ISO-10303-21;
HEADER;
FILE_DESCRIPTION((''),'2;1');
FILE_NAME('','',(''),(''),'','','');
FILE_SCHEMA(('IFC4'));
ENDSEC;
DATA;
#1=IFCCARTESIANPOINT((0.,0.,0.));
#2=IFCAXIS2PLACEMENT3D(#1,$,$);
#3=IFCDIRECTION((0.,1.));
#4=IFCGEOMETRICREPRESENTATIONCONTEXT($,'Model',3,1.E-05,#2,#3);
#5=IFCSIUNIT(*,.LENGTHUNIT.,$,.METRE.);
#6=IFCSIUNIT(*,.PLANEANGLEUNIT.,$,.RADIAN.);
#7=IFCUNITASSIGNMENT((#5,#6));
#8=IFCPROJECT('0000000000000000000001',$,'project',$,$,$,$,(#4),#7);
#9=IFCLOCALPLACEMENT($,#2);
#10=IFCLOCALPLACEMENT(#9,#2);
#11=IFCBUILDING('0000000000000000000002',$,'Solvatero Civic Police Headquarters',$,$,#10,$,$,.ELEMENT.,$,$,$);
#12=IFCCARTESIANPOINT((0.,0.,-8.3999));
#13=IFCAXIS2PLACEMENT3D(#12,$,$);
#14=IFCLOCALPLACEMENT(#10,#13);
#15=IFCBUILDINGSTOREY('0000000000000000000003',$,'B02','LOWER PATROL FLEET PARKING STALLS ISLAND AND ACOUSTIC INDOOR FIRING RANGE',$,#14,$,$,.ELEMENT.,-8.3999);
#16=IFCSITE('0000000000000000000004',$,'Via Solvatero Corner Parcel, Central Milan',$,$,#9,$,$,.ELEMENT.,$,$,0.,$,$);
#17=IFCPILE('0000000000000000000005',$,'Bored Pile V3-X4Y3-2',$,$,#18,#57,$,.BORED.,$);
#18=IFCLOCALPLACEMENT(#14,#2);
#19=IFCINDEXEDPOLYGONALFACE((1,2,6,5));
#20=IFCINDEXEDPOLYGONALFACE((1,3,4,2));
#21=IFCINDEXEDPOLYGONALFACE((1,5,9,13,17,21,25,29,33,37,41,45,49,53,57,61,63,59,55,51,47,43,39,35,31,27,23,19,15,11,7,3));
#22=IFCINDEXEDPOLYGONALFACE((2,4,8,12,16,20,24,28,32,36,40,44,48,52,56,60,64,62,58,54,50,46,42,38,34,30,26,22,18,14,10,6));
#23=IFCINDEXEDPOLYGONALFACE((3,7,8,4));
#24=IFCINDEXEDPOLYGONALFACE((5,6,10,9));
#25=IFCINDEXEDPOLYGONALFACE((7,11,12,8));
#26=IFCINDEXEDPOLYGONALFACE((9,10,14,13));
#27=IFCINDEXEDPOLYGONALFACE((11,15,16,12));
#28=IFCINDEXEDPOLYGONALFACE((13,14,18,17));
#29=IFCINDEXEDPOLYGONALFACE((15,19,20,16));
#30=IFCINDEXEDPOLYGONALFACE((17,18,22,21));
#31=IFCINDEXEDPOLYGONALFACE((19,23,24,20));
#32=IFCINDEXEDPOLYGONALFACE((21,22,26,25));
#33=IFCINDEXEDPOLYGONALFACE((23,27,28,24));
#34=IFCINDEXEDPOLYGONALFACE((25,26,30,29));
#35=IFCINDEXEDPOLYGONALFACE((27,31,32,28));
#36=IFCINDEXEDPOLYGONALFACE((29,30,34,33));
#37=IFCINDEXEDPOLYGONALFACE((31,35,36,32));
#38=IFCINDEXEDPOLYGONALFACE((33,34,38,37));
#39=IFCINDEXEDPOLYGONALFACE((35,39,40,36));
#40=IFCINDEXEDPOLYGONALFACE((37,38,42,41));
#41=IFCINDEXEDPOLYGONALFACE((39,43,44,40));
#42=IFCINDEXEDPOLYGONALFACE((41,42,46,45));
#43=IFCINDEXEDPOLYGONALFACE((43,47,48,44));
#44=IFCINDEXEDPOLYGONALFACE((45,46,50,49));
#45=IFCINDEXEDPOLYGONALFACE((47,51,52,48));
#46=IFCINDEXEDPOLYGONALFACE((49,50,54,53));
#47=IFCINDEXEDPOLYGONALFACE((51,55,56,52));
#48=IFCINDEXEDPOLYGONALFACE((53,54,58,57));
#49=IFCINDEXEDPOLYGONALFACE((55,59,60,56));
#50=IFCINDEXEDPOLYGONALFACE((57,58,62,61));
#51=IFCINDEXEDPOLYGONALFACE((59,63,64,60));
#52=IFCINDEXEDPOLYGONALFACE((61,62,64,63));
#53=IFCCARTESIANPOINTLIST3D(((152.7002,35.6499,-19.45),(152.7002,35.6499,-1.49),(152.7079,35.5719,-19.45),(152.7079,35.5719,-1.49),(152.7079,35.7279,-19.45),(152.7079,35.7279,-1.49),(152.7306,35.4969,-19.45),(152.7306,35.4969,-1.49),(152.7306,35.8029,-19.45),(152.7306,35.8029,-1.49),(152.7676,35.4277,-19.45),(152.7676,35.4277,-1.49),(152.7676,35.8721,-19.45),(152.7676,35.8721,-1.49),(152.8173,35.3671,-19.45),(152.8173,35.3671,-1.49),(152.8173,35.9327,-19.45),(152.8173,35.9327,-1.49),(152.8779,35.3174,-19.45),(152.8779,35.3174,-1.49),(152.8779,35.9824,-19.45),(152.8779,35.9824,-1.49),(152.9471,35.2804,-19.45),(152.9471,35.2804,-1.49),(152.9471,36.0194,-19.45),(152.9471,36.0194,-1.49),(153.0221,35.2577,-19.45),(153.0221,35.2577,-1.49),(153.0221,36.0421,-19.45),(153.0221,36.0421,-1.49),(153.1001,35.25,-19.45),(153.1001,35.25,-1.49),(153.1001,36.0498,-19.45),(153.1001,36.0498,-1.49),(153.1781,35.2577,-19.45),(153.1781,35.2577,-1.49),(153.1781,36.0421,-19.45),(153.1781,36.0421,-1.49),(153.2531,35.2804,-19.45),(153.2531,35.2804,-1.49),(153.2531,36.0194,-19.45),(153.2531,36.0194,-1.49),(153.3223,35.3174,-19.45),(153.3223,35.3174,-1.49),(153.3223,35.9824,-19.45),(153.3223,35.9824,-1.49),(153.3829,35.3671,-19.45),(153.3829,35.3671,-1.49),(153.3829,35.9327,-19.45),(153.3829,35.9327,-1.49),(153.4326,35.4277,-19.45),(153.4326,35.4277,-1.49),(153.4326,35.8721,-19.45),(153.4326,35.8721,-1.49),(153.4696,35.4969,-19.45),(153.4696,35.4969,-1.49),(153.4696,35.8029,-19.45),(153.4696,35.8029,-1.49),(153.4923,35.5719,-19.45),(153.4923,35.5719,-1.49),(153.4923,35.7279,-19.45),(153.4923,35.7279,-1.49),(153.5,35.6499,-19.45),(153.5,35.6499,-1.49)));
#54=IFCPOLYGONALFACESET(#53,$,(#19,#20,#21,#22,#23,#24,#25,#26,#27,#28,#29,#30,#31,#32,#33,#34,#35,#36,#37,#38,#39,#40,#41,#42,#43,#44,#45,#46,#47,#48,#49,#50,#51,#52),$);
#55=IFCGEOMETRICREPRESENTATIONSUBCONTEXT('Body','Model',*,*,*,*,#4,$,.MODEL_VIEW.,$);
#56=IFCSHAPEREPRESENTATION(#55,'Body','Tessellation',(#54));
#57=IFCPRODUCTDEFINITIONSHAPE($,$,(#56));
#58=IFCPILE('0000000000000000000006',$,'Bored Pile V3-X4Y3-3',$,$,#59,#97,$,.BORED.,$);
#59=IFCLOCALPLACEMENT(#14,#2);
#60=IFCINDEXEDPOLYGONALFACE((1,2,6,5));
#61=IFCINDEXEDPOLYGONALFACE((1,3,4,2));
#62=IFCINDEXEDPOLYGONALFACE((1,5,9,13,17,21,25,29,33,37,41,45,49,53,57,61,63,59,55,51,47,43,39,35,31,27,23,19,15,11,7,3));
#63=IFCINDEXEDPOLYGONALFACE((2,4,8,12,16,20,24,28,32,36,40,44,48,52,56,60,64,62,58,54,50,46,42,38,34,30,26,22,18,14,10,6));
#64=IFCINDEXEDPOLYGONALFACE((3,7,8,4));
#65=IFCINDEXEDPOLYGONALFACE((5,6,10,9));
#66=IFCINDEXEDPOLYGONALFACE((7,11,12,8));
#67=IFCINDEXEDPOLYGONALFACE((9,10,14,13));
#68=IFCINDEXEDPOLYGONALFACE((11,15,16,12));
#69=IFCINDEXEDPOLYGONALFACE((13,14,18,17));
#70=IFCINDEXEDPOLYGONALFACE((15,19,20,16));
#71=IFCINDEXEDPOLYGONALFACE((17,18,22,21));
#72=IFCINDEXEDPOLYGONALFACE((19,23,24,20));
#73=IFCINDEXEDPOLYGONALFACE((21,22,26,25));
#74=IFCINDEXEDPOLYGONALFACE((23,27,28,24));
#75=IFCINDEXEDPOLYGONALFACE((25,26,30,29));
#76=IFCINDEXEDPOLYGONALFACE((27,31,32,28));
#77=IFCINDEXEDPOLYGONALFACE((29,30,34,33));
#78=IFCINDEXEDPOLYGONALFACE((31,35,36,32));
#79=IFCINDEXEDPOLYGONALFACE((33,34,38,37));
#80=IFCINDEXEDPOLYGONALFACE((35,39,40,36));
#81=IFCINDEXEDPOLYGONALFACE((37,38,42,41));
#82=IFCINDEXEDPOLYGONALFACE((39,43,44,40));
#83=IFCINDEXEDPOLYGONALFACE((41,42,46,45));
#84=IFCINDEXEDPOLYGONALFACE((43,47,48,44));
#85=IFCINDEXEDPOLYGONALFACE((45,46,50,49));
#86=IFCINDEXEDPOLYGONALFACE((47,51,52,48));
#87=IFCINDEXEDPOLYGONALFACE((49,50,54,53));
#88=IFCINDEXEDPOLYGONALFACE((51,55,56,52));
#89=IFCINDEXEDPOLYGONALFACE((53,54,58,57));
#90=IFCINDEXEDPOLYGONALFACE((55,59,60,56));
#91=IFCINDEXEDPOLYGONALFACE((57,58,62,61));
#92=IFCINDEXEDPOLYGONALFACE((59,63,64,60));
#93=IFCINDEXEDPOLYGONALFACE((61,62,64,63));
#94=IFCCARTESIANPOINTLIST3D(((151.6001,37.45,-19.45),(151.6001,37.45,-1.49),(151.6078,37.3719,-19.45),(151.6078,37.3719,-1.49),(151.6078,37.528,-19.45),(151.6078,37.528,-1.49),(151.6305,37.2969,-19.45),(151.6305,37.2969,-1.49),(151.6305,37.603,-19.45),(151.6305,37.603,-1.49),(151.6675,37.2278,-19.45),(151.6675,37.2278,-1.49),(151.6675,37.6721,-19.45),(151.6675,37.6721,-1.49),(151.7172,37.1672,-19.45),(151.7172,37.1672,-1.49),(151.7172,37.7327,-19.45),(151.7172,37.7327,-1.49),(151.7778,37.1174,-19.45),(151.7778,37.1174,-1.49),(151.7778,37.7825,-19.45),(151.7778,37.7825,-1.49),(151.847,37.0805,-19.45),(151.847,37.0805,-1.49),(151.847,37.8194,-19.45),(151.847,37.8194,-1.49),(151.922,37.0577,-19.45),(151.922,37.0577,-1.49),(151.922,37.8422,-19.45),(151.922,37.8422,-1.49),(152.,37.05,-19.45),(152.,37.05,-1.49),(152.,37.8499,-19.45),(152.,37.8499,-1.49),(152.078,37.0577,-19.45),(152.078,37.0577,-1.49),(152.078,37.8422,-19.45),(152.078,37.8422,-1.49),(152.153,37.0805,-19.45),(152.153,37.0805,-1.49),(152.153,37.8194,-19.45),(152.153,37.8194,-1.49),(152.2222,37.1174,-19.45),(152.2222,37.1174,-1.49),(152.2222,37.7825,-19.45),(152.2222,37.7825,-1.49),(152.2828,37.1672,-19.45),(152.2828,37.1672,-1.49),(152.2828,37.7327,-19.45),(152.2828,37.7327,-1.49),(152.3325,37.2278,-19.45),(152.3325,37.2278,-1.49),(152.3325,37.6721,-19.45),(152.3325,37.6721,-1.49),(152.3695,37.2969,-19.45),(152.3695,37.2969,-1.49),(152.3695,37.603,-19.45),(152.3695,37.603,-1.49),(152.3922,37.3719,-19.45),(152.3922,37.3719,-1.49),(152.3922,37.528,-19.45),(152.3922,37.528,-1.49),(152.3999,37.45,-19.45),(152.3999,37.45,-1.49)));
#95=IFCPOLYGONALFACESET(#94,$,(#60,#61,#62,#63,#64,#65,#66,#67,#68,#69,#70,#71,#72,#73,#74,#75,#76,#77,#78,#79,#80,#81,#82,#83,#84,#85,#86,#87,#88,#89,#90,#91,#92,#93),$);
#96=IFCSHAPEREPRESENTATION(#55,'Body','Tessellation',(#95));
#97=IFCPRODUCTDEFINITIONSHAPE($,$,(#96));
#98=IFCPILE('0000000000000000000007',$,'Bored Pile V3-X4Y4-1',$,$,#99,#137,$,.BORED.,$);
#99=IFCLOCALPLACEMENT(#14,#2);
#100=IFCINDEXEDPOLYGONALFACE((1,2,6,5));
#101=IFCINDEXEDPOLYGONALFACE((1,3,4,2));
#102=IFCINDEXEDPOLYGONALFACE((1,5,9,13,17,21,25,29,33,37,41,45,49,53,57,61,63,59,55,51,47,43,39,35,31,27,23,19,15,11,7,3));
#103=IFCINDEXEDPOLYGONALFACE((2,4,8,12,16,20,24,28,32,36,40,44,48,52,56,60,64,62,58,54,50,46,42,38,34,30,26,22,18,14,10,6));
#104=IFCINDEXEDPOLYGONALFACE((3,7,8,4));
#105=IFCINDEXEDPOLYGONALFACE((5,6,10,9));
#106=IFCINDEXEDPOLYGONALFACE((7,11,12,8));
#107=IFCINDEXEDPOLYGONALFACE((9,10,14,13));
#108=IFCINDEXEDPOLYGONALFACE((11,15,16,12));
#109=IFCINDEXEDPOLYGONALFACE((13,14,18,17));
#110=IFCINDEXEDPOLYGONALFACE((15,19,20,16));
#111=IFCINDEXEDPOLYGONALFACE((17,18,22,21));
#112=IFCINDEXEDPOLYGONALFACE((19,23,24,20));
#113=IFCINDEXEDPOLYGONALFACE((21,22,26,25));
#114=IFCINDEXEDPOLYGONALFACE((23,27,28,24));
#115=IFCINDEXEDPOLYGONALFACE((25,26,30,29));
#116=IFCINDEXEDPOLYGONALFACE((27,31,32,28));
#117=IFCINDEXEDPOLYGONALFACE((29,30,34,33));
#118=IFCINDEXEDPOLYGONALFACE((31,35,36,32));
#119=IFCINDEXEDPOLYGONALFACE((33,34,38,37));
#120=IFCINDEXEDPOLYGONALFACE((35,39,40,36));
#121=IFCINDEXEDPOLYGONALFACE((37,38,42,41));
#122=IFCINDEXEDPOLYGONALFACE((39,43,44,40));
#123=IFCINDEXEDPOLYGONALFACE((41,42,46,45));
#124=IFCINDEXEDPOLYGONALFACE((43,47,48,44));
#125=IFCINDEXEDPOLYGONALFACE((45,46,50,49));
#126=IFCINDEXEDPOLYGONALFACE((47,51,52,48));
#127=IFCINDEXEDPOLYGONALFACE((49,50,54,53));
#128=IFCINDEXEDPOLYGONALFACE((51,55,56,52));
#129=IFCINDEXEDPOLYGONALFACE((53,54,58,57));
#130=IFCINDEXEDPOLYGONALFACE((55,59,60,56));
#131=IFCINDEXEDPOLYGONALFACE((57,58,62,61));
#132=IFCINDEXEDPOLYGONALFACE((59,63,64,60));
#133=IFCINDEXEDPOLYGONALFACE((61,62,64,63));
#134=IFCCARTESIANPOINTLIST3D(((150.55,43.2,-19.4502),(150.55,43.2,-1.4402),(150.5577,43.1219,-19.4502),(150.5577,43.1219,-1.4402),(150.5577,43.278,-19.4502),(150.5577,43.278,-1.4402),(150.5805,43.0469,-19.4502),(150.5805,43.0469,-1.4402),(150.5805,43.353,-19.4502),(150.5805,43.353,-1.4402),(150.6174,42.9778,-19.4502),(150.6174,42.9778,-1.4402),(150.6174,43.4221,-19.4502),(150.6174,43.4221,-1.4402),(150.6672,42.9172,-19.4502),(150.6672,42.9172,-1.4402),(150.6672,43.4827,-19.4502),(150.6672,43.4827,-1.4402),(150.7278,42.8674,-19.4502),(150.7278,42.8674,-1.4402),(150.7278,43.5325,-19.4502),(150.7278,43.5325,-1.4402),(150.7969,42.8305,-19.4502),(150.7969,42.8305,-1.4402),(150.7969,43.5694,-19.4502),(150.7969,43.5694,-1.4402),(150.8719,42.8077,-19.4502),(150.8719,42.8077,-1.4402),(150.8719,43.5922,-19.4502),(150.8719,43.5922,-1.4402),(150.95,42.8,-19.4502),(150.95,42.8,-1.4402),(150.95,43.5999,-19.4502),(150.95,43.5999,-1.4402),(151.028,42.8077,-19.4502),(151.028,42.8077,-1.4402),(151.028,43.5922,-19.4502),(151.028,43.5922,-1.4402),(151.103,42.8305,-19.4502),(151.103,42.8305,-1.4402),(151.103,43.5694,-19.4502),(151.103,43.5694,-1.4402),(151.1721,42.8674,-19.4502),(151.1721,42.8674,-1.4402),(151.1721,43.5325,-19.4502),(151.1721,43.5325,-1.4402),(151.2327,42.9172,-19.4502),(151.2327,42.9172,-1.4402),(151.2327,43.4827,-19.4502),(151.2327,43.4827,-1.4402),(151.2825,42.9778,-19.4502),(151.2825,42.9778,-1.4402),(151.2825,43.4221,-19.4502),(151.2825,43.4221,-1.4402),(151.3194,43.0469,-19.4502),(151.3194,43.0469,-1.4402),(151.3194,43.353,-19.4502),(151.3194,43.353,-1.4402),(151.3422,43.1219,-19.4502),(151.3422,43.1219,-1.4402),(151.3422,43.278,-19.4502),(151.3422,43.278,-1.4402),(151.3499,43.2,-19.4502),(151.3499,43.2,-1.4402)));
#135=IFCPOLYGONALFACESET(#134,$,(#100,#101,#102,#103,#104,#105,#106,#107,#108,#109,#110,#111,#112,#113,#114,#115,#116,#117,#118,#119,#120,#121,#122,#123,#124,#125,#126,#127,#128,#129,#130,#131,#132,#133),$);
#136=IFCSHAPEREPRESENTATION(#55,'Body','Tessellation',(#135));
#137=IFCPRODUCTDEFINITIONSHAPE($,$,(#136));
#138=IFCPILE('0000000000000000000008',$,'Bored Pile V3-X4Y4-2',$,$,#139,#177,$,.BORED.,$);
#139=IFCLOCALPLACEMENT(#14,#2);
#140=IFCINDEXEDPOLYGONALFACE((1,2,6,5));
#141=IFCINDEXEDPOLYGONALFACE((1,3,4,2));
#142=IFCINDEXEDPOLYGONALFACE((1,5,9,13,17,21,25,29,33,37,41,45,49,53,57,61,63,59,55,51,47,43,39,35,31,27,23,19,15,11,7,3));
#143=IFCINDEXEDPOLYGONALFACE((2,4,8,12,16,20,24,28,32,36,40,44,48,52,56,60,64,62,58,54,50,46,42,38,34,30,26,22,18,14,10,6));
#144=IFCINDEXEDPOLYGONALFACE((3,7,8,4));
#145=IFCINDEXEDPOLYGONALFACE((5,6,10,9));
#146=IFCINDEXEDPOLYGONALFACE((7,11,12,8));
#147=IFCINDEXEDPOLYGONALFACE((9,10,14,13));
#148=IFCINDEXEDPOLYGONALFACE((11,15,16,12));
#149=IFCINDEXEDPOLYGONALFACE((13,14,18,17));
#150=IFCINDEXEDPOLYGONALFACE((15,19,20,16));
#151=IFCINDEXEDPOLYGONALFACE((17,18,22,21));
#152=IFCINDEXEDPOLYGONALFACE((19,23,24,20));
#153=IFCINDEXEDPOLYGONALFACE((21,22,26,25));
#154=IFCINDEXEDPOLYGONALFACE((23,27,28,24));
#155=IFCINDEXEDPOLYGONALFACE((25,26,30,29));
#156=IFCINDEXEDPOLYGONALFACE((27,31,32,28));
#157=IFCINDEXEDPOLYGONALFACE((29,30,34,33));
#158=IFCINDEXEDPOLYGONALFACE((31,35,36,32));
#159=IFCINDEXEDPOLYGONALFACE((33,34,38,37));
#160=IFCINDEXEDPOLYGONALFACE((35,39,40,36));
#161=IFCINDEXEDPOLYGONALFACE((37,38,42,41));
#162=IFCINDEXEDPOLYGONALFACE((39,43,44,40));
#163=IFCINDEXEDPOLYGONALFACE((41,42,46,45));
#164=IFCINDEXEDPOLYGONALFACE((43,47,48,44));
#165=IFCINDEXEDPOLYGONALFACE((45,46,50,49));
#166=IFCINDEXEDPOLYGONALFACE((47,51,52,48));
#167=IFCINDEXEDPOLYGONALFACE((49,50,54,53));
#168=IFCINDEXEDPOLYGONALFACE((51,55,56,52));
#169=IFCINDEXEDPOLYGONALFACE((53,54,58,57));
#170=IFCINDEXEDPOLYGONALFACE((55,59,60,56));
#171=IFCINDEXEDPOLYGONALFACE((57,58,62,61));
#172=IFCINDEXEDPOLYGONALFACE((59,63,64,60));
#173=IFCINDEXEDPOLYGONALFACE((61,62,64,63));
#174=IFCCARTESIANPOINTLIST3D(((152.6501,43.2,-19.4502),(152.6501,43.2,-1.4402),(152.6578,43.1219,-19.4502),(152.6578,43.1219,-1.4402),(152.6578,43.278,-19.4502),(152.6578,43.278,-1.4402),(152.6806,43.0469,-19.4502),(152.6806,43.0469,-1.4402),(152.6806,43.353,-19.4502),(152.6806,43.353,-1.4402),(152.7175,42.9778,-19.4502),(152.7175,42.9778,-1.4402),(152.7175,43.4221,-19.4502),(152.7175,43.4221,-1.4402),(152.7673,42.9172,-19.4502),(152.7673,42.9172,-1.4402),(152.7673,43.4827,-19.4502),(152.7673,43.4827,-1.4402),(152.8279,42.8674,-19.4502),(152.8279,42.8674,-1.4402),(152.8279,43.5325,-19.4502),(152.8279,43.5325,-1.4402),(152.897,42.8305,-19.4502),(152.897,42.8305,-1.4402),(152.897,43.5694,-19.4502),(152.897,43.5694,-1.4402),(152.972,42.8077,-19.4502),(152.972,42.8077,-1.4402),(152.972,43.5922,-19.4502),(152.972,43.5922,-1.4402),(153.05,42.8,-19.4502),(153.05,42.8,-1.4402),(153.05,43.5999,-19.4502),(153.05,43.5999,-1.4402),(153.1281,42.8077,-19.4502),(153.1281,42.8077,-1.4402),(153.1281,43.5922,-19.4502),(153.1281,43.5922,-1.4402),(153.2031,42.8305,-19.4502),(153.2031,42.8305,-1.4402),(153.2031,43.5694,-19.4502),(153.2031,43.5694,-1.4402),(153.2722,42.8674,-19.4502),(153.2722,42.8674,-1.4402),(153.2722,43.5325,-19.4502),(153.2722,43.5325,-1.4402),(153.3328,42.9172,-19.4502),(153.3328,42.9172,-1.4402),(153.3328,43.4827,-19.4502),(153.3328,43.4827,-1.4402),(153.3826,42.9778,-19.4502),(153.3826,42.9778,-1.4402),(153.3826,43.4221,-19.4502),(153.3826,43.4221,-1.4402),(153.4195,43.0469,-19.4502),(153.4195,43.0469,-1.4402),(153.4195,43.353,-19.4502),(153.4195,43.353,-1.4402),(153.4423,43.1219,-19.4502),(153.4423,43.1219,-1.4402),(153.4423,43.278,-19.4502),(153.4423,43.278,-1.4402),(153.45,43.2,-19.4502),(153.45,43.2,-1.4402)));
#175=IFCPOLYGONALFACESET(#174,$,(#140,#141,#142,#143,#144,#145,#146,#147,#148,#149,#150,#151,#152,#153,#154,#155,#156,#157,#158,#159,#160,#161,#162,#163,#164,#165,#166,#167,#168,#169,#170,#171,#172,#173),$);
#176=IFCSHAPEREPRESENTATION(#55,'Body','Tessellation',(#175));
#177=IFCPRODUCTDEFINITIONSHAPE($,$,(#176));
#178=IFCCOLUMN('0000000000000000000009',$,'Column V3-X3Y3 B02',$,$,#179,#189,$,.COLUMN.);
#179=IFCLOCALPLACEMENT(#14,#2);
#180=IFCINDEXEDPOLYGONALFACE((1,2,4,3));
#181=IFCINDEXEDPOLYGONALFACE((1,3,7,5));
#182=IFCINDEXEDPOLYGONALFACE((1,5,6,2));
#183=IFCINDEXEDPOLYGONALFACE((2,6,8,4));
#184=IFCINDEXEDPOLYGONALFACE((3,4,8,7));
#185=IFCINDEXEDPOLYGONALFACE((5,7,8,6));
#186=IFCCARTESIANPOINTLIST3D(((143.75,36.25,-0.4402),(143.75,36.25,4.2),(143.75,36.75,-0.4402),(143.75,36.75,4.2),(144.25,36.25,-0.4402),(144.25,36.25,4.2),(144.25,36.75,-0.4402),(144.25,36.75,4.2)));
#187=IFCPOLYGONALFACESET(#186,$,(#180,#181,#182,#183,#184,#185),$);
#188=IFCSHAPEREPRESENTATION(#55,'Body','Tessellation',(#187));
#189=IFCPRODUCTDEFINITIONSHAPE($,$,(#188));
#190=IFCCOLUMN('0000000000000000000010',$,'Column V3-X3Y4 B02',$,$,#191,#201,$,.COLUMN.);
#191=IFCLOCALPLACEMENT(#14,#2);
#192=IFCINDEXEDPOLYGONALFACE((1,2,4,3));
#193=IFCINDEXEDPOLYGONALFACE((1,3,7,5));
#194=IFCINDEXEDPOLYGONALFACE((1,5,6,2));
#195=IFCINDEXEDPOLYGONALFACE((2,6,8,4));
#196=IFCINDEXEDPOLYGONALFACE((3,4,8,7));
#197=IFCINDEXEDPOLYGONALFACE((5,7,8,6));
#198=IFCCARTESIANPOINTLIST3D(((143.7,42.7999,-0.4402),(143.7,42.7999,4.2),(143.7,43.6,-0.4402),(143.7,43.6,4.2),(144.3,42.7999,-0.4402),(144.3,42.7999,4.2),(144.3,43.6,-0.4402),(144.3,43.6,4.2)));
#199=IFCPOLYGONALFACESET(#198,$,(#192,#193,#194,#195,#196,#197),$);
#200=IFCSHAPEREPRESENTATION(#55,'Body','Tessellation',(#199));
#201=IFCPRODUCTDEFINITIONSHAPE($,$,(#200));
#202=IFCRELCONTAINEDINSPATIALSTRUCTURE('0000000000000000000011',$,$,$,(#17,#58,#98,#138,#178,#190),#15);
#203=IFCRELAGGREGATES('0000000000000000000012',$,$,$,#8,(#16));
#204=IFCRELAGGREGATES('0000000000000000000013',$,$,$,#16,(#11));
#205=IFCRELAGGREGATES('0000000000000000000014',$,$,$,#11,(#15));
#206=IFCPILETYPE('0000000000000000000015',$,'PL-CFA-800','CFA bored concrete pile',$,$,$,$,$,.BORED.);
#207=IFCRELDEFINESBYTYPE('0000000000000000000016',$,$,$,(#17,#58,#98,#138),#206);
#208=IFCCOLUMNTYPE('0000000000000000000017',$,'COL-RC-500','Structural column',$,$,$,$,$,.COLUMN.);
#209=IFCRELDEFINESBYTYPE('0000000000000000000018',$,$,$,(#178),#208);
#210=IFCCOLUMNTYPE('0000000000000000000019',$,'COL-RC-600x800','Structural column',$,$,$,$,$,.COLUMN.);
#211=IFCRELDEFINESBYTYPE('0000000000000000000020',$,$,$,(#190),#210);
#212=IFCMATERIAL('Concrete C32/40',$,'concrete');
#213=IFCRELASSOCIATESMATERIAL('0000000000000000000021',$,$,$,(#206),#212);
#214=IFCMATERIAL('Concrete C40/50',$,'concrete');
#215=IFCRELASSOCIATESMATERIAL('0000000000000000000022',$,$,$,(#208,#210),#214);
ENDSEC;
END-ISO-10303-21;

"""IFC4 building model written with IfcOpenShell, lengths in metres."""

from ifc_helpers import new_model, si_unit, direction, frame, origin, origin_2d, place, context, subcontext, project, spatial, rectangle, circle, extrude, material, material_profile, profile_set, type_object, element, save


model = new_model("IFC4")

# Units and contexts
model_context = context("Model", 3, precision=1e-05, world=origin(), true_north=direction((0.0, 1.0)))
body_context = subcontext(model_context, "Body", "Model", "MODEL_VIEW")
ifc_project = project(units=[si_unit("LENGTHUNIT", "METRE"), si_unit("PLANEANGLEUNIT", "RADIAN")], contexts=[model_context])

# Site, building, storey
site_placement = place(None, origin())
site = spatial("IfcSite", under=ifc_project, at=site_placement, Name="Via Solvatero Corner Parcel, Central Milan", CompositionType="ELEMENT", RefElevation=0.0)
building_placement = place(site_placement, origin())
building = spatial("IfcBuilding", under=site, at=building_placement, Name="Solvatero Civic Police Headquarters", CompositionType="ELEMENT")
storey_placement = place(building_placement, frame((0.0, 0.0, -8.3999)))
storey = spatial("IfcBuildingStorey", under=building, at=storey_placement, Name="B02", Description="LOWER PATROL FLEET PARKING STALLS ISLAND AND ACOUSTIC INDOOR FIRING RANGE", CompositionType="ELEMENT", Elevation=-8.3999)

# Piles
ifc_material_1 = material(Name="Concrete C32/40", Category="concrete")
ifc_material_profile_1 = material_profile(ifc_material_1, circle(Radius=0.3999, at=origin_2d()), Name="CFA PILE D800")
ifc_profile_set_1 = profile_set([ifc_material_profile_1], Name="Concrete C32/40")
pile_type = type_object("IfcPileType", Name="PL-CFA-800", Description="CFA bored concrete pile", PredefinedType="BORED", material=ifc_profile_set_1)
for number, where, z_axis, x_axis, name in (
    (1, (153.1001, 35.6499, -1.49), (0.0, 0.0, -1.0), (1.0, 0.0, 0.0), "Bored Pile V3-X4Y3-2"),
    (2, (152.0, 37.45, -1.49), (0.0, 0.0, -1.0), (1.0, 0.0, 0.0), "Bored Pile V3-X4Y3-3"),
):
    element("IfcPile", number, at=place(storey_placement, frame(where, z_axis=z_axis, x_axis=x_axis)), inside=storey, type_object=pile_type, Name=name, PredefinedType="BORED", context=body_context, shape_type="SweptSolid", body=[
        extrude(circle(Radius=0.3999, at=origin_2d()), origin(), (0.0, 0.0, 1.0), 17.96),
    ])
for number, where, z_axis, x_axis, name in (
    (3, (150.95, 43.2, -1.4402), (0.0, 0.0, -1.0), (1.0, 0.0, 0.0), "Bored Pile V3-X4Y4-1"),
    (4, (153.05, 43.2, -1.4402), (0.0, 0.0, -1.0), (1.0, 0.0, 0.0), "Bored Pile V3-X4Y4-2"),
):
    element("IfcPile", number, at=place(storey_placement, frame(where, z_axis=z_axis, x_axis=x_axis)), inside=storey, type_object=pile_type, Name=name, PredefinedType="BORED", context=body_context, shape_type="SweptSolid", body=[
        extrude(circle(Radius=0.3999, at=origin_2d()), origin(), (0.0, 0.0, 1.0), 18.01),
    ])

# Columns
ifc_material_2 = material(Name="Concrete C40/50", Category="concrete")
ifc_material_profile_2 = material_profile(ifc_material_2, rectangle(XDim=0.5, YDim=0.5, at=origin_2d()), Name="RC 500x500")
ifc_profile_set_2 = profile_set([ifc_material_profile_2], Name="Concrete C40/50")
column_type_1 = type_object("IfcColumnType", Name="COL-RC-500", Description="Structural column", PredefinedType="COLUMN", material=ifc_profile_set_2)
column_1_placement = place(storey_placement, frame((144.0, 36.5, -0.4402), z_axis=(0.0, 0.0, 1.0), x_axis=(1.0, 0.0, 0.0)))
element("IfcColumn", 5, at=column_1_placement, inside=storey, type_object=column_type_1, Name="Column V3-X3Y3 B02", PredefinedType="COLUMN", context=body_context, shape_type="SweptSolid", body=[
    extrude(rectangle(XDim=0.5, YDim=0.5, at=origin_2d()), origin(), (0.0, 0.0, 1.0), 4.6401),
])
ifc_material_profile_3 = material_profile(ifc_material_2, rectangle(XDim=0.6001, YDim=0.8, at=origin_2d()), Name="RC 600x800")
ifc_profile_set_3 = profile_set([ifc_material_profile_3], Name="Concrete C40/50")
column_type_2 = type_object("IfcColumnType", Name="COL-RC-600x800", Description="Structural column", PredefinedType="COLUMN", material=ifc_profile_set_3)
column_2_placement = place(storey_placement, frame((144.0, 43.2, -0.4402), z_axis=(0.0, 0.0, 1.0), x_axis=(1.0, 0.0, 0.0)))
element("IfcColumn", 6, at=column_2_placement, inside=storey, type_object=column_type_2, Name="Column V3-X3Y4 B02", PredefinedType="COLUMN", context=body_context, shape_type="SweptSolid", body=[
    extrude(rectangle(XDim=0.6001, YDim=0.8, at=origin_2d()), origin(), (0.0, 0.0, 1.0), 4.6401),
])

save(model, "model.ifc")
